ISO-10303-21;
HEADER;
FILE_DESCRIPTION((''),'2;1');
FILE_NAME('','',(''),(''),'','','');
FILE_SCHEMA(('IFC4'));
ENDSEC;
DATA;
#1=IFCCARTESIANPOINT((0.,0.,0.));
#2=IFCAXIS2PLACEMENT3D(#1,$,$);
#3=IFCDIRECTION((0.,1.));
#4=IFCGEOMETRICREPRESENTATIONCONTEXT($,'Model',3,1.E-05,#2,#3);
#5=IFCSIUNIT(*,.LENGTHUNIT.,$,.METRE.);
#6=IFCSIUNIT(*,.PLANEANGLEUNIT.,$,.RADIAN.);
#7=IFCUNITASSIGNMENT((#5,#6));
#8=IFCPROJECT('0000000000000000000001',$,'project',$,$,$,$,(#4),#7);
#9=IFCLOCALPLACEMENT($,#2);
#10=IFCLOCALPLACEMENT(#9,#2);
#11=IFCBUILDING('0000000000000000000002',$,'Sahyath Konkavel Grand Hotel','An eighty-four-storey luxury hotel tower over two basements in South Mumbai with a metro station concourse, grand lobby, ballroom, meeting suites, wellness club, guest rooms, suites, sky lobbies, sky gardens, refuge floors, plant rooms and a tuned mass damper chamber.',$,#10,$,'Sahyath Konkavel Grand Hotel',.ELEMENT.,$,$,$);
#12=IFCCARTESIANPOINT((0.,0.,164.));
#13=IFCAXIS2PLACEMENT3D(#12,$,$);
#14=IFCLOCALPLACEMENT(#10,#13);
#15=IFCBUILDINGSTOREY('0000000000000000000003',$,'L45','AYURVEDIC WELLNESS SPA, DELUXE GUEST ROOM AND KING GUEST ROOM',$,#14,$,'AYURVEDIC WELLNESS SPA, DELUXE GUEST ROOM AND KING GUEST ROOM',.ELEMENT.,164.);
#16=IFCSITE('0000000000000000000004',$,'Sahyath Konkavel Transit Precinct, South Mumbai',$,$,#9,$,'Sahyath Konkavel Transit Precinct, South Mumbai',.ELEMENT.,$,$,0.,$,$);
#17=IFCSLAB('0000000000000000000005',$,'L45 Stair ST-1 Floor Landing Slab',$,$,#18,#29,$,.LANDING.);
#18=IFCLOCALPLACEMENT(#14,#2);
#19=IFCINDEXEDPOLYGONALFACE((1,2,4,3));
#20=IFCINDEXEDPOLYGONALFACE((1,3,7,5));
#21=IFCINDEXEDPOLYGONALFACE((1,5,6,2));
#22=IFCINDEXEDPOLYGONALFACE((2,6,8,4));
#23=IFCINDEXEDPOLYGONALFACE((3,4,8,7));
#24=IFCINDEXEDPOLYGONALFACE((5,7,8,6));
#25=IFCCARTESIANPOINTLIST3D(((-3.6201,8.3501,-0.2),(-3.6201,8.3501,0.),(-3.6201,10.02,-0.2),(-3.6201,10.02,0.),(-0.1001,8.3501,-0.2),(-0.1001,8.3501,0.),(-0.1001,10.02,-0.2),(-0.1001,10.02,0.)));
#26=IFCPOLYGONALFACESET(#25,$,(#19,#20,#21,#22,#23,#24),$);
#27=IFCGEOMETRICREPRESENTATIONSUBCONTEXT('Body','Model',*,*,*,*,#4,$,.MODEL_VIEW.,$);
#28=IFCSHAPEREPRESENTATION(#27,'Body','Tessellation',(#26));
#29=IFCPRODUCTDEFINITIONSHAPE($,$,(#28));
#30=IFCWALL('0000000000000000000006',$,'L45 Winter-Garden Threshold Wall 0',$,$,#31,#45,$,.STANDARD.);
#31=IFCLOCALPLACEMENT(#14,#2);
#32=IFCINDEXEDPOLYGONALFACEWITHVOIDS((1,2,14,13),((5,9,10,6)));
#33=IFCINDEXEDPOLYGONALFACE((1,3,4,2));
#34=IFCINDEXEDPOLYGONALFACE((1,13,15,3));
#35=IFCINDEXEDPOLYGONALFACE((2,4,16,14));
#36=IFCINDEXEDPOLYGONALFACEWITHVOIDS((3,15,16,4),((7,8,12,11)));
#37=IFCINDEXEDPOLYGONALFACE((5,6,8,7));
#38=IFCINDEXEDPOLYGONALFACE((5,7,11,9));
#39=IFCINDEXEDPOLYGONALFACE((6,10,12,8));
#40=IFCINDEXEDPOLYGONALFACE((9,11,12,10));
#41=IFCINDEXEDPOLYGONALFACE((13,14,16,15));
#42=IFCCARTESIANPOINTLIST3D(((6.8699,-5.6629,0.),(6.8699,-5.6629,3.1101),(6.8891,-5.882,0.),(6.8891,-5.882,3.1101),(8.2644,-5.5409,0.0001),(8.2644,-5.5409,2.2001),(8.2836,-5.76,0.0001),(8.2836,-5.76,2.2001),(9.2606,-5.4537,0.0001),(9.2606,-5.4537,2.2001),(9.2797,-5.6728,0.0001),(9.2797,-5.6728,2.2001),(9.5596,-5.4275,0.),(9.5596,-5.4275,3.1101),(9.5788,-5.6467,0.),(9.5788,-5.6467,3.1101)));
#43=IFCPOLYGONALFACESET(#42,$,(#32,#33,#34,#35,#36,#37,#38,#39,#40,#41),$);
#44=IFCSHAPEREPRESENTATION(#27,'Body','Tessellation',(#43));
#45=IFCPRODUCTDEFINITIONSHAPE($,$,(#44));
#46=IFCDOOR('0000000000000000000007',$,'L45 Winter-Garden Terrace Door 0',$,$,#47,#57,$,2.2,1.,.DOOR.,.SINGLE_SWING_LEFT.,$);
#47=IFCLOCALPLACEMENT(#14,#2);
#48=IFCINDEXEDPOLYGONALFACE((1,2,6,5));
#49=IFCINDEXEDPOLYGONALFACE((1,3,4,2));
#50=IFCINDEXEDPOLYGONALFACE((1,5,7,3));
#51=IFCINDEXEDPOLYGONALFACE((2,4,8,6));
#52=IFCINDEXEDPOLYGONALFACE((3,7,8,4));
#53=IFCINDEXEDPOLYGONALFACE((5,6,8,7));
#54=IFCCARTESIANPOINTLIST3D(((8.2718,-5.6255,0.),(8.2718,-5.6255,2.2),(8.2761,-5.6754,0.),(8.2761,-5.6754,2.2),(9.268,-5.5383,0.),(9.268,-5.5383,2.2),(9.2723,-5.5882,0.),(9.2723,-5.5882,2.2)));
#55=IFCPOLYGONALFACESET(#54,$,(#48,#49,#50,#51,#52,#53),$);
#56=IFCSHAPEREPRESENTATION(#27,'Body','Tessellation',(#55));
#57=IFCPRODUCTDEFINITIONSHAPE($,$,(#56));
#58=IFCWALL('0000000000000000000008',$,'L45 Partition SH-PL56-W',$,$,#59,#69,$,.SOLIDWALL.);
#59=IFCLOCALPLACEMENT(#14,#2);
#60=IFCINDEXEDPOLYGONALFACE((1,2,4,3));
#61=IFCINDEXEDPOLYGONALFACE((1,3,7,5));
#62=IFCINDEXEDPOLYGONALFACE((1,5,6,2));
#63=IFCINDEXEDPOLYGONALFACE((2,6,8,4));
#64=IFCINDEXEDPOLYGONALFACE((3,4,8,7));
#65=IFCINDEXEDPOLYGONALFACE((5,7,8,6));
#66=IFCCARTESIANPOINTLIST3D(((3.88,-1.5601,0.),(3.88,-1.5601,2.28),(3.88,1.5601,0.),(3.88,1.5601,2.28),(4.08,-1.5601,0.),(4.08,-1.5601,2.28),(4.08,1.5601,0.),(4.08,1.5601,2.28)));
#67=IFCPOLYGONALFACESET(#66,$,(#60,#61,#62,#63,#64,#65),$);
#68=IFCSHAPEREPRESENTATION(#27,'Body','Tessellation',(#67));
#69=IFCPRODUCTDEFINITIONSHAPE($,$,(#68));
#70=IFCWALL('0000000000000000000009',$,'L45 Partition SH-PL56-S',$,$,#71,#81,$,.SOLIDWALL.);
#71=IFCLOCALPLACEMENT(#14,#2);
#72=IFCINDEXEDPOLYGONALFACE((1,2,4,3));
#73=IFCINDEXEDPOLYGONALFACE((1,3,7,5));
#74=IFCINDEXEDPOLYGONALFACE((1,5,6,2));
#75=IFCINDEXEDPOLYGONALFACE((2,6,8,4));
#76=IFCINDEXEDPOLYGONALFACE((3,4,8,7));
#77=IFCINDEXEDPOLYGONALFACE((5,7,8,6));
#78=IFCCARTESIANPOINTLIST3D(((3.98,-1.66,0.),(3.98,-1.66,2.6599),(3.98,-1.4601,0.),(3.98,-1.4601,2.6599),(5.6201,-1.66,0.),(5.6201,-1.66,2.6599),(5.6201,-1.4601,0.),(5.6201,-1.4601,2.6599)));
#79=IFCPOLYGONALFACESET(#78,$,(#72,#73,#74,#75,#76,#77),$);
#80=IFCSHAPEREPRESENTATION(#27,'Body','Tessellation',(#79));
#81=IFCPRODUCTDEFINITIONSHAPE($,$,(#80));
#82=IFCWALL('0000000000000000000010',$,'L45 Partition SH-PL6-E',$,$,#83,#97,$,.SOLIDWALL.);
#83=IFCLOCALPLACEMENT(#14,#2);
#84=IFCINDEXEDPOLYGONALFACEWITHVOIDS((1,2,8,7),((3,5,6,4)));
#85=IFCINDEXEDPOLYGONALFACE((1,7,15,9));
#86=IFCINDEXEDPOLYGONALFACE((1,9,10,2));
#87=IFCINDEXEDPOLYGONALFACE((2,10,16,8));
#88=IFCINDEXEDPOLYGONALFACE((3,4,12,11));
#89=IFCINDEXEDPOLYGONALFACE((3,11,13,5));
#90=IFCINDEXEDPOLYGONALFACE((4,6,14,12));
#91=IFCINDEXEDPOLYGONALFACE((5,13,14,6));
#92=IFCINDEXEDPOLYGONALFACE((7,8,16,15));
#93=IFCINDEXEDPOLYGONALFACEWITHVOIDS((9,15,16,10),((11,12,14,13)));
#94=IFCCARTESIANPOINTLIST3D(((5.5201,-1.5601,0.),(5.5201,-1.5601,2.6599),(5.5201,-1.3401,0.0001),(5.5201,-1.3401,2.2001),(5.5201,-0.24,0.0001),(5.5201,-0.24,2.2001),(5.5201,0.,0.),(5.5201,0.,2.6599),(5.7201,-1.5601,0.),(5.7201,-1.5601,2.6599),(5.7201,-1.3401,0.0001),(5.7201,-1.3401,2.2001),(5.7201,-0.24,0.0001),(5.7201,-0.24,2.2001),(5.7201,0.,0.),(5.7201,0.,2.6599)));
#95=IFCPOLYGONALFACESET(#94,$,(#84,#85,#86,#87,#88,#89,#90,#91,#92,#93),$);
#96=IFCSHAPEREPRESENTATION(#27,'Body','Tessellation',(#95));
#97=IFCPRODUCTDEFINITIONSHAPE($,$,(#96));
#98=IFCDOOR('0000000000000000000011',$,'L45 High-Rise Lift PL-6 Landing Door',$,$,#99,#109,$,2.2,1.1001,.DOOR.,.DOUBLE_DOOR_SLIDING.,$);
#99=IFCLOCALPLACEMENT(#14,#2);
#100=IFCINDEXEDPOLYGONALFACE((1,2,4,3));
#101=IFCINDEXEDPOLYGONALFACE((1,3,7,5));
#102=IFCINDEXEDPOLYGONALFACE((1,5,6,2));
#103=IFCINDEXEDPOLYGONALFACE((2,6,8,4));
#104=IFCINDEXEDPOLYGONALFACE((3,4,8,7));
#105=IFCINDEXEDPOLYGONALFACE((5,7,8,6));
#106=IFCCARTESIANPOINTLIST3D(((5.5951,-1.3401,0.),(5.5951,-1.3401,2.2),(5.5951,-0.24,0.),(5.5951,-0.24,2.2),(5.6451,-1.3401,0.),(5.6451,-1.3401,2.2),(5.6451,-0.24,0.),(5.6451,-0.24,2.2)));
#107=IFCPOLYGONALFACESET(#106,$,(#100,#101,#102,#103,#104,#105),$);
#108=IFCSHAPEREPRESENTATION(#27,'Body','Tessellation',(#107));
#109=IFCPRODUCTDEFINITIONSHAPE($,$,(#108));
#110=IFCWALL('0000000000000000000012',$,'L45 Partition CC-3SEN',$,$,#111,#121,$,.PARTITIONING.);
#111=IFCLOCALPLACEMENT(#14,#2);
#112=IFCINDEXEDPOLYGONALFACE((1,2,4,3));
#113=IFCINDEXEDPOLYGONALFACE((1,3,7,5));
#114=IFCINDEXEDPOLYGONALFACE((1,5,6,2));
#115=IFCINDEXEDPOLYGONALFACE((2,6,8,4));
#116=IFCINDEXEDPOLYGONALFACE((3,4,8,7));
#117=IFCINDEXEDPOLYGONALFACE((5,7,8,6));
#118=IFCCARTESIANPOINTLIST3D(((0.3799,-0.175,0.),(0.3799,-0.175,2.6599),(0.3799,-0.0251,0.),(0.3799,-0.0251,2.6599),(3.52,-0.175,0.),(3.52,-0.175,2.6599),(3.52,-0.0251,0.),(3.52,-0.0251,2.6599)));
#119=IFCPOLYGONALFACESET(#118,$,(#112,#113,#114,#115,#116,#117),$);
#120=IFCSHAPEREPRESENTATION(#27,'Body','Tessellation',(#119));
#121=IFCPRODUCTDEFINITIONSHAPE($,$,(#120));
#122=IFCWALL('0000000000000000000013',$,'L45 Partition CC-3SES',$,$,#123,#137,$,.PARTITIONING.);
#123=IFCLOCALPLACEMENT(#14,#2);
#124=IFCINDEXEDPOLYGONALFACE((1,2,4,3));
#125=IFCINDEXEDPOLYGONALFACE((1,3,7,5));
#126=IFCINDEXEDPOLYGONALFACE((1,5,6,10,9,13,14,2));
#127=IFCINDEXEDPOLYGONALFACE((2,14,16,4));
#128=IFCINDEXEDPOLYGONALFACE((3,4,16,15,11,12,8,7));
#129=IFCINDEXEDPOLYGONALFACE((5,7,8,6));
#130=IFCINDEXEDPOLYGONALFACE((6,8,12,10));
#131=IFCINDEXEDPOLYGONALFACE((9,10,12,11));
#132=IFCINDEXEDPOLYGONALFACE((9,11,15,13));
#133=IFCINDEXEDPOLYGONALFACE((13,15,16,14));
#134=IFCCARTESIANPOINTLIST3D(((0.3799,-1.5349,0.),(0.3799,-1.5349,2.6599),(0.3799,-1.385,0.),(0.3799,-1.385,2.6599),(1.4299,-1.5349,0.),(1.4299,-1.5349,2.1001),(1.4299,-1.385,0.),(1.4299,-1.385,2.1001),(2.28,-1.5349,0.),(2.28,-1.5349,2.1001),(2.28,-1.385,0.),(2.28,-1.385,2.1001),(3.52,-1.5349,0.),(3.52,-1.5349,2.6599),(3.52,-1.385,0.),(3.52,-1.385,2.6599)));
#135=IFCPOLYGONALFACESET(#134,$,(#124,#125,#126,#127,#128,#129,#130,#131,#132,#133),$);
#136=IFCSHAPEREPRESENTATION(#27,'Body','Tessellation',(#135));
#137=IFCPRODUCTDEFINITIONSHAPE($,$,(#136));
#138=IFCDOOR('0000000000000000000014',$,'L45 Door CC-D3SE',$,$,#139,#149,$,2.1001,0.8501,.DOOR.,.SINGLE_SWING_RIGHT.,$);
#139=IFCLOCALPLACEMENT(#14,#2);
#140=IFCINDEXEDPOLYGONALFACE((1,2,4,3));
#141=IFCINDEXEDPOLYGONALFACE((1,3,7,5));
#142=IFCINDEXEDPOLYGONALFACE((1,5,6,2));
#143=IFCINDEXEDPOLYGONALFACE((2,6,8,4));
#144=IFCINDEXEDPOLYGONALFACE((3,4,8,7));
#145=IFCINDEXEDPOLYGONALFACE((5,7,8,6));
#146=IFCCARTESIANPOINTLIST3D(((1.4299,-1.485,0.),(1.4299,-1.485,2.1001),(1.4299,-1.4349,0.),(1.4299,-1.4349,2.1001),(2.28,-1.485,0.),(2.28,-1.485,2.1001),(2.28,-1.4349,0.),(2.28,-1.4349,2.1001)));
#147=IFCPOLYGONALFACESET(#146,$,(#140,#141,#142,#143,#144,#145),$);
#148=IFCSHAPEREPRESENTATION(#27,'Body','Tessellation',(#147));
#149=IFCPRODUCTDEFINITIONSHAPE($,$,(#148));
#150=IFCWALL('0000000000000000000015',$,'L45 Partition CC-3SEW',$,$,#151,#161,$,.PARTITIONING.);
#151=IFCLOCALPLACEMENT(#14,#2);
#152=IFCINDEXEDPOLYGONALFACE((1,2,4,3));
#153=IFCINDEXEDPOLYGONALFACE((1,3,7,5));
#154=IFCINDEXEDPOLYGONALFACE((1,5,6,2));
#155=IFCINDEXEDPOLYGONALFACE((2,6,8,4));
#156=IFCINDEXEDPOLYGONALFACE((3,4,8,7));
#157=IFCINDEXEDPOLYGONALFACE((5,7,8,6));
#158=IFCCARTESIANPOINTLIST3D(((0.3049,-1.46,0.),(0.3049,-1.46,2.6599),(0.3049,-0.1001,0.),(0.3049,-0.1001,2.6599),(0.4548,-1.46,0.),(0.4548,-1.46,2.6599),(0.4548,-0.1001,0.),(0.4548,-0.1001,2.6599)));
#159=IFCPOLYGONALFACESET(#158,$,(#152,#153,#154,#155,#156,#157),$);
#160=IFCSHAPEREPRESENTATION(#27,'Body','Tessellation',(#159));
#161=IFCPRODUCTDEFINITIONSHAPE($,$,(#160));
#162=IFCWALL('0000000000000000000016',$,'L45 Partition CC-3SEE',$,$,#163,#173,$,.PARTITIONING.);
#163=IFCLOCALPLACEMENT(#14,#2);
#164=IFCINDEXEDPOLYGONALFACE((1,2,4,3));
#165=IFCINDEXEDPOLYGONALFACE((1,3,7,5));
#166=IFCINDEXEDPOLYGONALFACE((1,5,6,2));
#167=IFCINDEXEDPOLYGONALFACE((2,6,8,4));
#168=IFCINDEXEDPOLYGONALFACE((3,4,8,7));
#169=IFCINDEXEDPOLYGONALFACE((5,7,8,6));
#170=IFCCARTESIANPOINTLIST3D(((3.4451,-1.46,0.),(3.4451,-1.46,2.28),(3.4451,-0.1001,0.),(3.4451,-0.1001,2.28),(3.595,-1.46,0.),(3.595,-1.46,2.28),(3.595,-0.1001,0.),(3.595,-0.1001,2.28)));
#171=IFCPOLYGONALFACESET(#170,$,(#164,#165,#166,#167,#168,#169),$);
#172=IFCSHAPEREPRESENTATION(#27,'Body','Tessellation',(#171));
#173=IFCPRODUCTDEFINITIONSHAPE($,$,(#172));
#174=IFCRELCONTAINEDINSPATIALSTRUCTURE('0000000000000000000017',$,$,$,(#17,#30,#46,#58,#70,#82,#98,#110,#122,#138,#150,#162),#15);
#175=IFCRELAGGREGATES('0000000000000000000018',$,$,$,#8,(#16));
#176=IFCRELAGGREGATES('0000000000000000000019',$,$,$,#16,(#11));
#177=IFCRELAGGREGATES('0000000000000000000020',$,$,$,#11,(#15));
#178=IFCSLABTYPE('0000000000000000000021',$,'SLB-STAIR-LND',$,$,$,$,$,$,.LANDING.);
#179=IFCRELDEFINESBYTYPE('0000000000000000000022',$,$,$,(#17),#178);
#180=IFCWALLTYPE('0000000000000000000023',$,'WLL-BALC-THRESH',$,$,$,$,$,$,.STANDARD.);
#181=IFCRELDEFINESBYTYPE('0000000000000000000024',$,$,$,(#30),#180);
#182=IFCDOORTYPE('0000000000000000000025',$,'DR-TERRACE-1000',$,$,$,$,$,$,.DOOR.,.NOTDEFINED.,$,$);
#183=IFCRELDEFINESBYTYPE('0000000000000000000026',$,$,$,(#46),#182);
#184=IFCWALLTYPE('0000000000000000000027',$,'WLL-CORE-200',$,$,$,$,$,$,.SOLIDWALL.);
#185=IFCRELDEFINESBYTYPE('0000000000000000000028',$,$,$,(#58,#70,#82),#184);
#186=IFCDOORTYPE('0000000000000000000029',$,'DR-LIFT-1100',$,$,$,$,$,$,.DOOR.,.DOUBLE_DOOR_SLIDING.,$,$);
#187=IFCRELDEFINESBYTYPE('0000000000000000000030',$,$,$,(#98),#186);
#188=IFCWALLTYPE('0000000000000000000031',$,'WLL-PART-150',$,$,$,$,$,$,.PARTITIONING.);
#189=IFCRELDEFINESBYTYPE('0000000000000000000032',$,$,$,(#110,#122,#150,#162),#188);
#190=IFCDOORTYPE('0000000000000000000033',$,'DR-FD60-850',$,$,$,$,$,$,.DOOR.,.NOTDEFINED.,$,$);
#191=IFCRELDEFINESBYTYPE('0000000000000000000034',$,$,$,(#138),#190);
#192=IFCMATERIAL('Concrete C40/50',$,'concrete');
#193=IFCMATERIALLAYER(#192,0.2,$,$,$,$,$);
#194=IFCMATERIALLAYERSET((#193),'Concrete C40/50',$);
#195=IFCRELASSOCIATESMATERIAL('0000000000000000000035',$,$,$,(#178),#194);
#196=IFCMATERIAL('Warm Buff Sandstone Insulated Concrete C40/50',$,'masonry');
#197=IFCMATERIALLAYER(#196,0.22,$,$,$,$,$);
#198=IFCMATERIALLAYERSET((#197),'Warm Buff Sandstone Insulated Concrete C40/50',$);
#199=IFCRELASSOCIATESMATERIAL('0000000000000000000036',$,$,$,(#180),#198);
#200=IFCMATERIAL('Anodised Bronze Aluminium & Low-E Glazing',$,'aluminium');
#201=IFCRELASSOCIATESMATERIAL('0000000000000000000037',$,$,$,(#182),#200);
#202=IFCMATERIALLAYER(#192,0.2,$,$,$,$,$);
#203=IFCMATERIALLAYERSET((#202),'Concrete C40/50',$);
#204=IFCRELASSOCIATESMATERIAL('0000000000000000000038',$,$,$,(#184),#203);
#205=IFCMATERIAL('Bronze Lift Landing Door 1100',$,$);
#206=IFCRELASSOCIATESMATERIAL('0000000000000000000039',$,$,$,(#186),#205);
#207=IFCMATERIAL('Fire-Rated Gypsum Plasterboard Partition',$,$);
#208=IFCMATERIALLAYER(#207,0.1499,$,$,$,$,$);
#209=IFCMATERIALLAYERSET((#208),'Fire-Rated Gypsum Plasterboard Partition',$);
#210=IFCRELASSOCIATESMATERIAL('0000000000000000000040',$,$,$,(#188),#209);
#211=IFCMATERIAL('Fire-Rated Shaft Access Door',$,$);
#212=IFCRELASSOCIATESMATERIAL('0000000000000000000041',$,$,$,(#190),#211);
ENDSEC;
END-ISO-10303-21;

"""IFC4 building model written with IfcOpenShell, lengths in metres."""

from ifc_helpers import new_model, si_unit, direction, frame, frame_2d, origin, origin_2d, place, context, subcontext, project, spatial, polyline, rectangle, outline, extrude, source, transform, mapped, material, layer, layer_set, type_object, element, fill, save


model = new_model("IFC4")

# Units and contexts
model_context = context("Model", 3, precision=1e-05, world=origin(), true_north=direction((0.0, 1.0)))
body_context = subcontext(model_context, "Body", "Model", "MODEL_VIEW")
ifc_project = project(units=[si_unit("LENGTHUNIT", "METRE"), si_unit("PLANEANGLEUNIT", "RADIAN")], contexts=[model_context])

# Site, building, storey
site_placement = place(None, origin())
site = spatial("IfcSite", under=ifc_project, at=site_placement, Name="Sahyath Konkavel Transit Precinct, South Mumbai", LongName="Sahyath Konkavel Transit Precinct, South Mumbai", CompositionType="ELEMENT", RefElevation=0.0)
building_placement = place(site_placement, origin())
building = spatial("IfcBuilding", under=site, at=building_placement, Name="Sahyath Konkavel Grand Hotel", Description="An eighty-four-storey luxury hotel tower over two basements in South Mumbai with a metro station concourse, grand lobby, ballroom, meeting suites, wellness club, guest rooms, suites, sky lobbies, sky gardens, refuge floors, plant rooms and a tuned mass damper chamber.", LongName="Sahyath Konkavel Grand Hotel", CompositionType="ELEMENT")
storey_placement = place(building_placement, frame((0.0, 0.0, 164.0)))
storey = spatial("IfcBuildingStorey", under=building, at=storey_placement, Name="L45", Description="AYURVEDIC WELLNESS SPA, DELUXE GUEST ROOM AND KING GUEST ROOM", LongName="AYURVEDIC WELLNESS SPA, DELUXE GUEST ROOM AND KING GUEST ROOM", CompositionType="ELEMENT", Elevation=164.0)

# Slab
ifc_material_1 = material(Name="Concrete C40/50", Category="concrete")
ifc_layer_1 = layer(ifc_material_1, 0.2)
ifc_layer_set_1 = layer_set([ifc_layer_1], Name="Concrete C40/50")
slab_type = type_object("IfcSlabType", Name="SLB-STAIR-LND", PredefinedType="LANDING", material=ifc_layer_set_1)
slab_placement = place(storey_placement, frame((0.0, 0.0, -0.2)))
element("IfcSlab", 1, at=slab_placement, inside=storey, type_object=slab_type, Name="L45 Stair ST-1 Floor Landing Slab", PredefinedType="LANDING", context=body_context, shape_type="SweptSolid", body=[
    extrude(outline(polyline([(-3.6201, 8.3501), (-0.1001, 8.3501), (-0.1001, 10.02), (-3.6201, 10.02), (-3.6201, 8.3501)])), origin(), (0.0, 0.0, 1.0), 0.2),
])

# Wall, opening, door
ifc_material_2 = material(Name="Warm Buff Sandstone Insulated Concrete C40/50", Category="masonry")
ifc_layer_2 = layer(ifc_material_2, 0.22)
ifc_layer_set_2 = layer_set([ifc_layer_2], Name="Warm Buff Sandstone Insulated Concrete C40/50")
wall_type_1 = type_object("IfcWallType", Name="WLL-BALC-THRESH", PredefinedType="STANDARD", material=ifc_layer_set_2)
wall_1_placement = place(storey_placement, frame((6.8794, -5.7725, 0.0), z_axis=(0.0, 0.0, 1.0), x_axis=(0.996194, 0.087168, 0.0)))
wall_1 = element("IfcWall", 2, at=wall_1_placement, inside=storey, type_object=wall_type_1, Name="L45 Winter-Garden Threshold Wall 0", PredefinedType="STANDARD", context=body_context, shape_type="SweptSolid", body=[
    extrude(rectangle(XDim=2.7, YDim=0.22, at=frame_2d((1.3501, 0.0))), origin(), (0.0, 0.0, 1.0), 3.1101),
])
opening_1_placement = place(wall_1_placement, frame((1.3999, 0.0, 0.0)))
opening_1 = element("IfcOpeningElement", 3, at=opening_1_placement, cuts=wall_1, PredefinedType="OPENING", context=body_context, shape_type="SweptSolid", body=[
    extrude(rectangle(XDim=1.0, YDim=2.2, at=frame_2d((0.5, 1.1001))), frame((0.0, 0.1201, 0.0), z_axis=(0.0, -1.0, 0.0), x_axis=(1.0, 0.0, 0.0)), (0.0, 0.0, 1.0), 0.24),
])
ifc_material_3 = material(Name="Anodised Bronze Aluminium & Low-E Glazing", Category="aluminium")
door_type_1 = type_object("IfcDoorType", Name="DR-TERRACE-1000", OperationType="NOTDEFINED", PredefinedType="DOOR", material=ifc_material_3)
shared_shape_1 = source(origin(), body_context, "Body", "SweptSolid", [
    extrude(rectangle(XDim=1.0, YDim=0.05, at=origin_2d()), origin(), (0.0, 0.0, 1.0), 2.2),
])
door_1_placement = place(opening_1_placement, frame((0.5, 0.0, 0.0)))
door_1 = element("IfcDoor", 4, at=door_1_placement, inside=storey, type_object=door_type_1, Name="L45 Winter-Garden Terrace Door 0", OperationType="SINGLE_SWING_LEFT", OverallHeight=2.2, OverallWidth=1.0, PredefinedType="DOOR", context=body_context, shape_type="MappedRepresentation", body=[
    mapped(shared_shape_1, transform((0.0, 0.0, 0.0), scale=1.0)),
])
fill(opening_1, door_1)

# Walls
ifc_layer_3 = layer(ifc_material_1, 0.2)
ifc_layer_set_3 = layer_set([ifc_layer_3], Name="Concrete C40/50")
wall_type_2 = type_object("IfcWallType", Name="WLL-CORE-200", PredefinedType="SOLIDWALL", material=ifc_layer_set_3)
wall_2_placement = place(storey_placement, frame((3.98, -1.5601, 0.0), z_axis=(0.0, 0.0, 1.0), x_axis=(0.0, 1.0, 0.0)))
element("IfcWall", 5, at=wall_2_placement, inside=storey, type_object=wall_type_2, Name="L45 Partition SH-PL56-W", PredefinedType="SOLIDWALL", context=body_context, shape_type="SweptSolid", body=[
    extrude(rectangle(XDim=3.1201, YDim=0.2, at=frame_2d((1.5601, 0.0))), origin(), (0.0, 0.0, 1.0), 2.28),
])
wall_3_placement = place(storey_placement, frame((3.98, -1.5601, 0.0), z_axis=(0.0, 0.0, 1.0), x_axis=(1.0, 0.0, 0.0)))
element("IfcWall", 6, at=wall_3_placement, inside=storey, type_object=wall_type_2, Name="L45 Partition SH-PL56-S", PredefinedType="SOLIDWALL", context=body_context, shape_type="SweptSolid", body=[
    extrude(rectangle(XDim=1.6401, YDim=0.2, at=frame_2d((0.8201, 0.0))), origin(), (0.0, 0.0, 1.0), 2.6599),
])

# Wall, opening, door
wall_4_placement = place(storey_placement, frame((5.6201, -1.5601, 0.0), z_axis=(0.0, 0.0, 1.0), x_axis=(0.0, 1.0, 0.0)))
wall_4 = element("IfcWall", 7, at=wall_4_placement, inside=storey, type_object=wall_type_2, Name="L45 Partition SH-PL6-E", PredefinedType="SOLIDWALL", context=body_context, shape_type="SweptSolid", body=[
    extrude(rectangle(XDim=1.5601, YDim=0.2, at=frame_2d((0.78, 0.0))), origin(), (0.0, 0.0, 1.0), 2.6599),
])
opening_2_placement = place(wall_4_placement, frame((0.22, 0.0, 0.0)))
opening_2 = element("IfcOpeningElement", 8, at=opening_2_placement, cuts=wall_4, PredefinedType="OPENING", context=body_context, shape_type="SweptSolid", body=[
    extrude(rectangle(XDim=1.1001, YDim=2.2, at=frame_2d((0.55, 1.1001))), frame((0.0, 0.1099, 0.0), z_axis=(0.0, -1.0, 0.0), x_axis=(1.0, 0.0, 0.0)), (0.0, 0.0, 1.0), 0.22),
])
ifc_material_4 = material(Name="Bronze Lift Landing Door 1100")
door_type_2 = type_object("IfcDoorType", Name="DR-LIFT-1100", OperationType="DOUBLE_DOOR_SLIDING", PredefinedType="DOOR", material=ifc_material_4)
shared_shape_2 = source(origin(), body_context, "Body", "SweptSolid", [
    extrude(rectangle(XDim=1.1001, YDim=0.05, at=origin_2d()), origin(), (0.0, 0.0, 1.0), 2.2),
])
door_2_placement = place(opening_2_placement, frame((0.55, 0.0, 0.0)))
door_2 = element("IfcDoor", 9, at=door_2_placement, inside=storey, type_object=door_type_2, Name="L45 High-Rise Lift PL-6 Landing Door", OperationType="DOUBLE_DOOR_SLIDING", OverallHeight=2.2, OverallWidth=1.1001, PredefinedType="DOOR", context=body_context, shape_type="MappedRepresentation", body=[
    mapped(shared_shape_2, transform((0.0, 0.0, 0.0), scale=1.0)),
])
fill(opening_2, door_2)

# Wall
ifc_material_5 = material(Name="Fire-Rated Gypsum Plasterboard Partition")
ifc_layer_4 = layer(ifc_material_5, 0.1499)
ifc_layer_set_4 = layer_set([ifc_layer_4], Name="Fire-Rated Gypsum Plasterboard Partition")
wall_type_3 = type_object("IfcWallType", Name="WLL-PART-150", PredefinedType="PARTITIONING", material=ifc_layer_set_4)
wall_5_placement = place(storey_placement, frame((0.3799, -0.1001, 0.0), z_axis=(0.0, 0.0, 1.0), x_axis=(1.0, 0.0, 0.0)))
element("IfcWall", 10, at=wall_5_placement, inside=storey, type_object=wall_type_3, Name="L45 Partition CC-3SEN", PredefinedType="PARTITIONING", context=body_context, shape_type="SweptSolid", body=[
    extrude(rectangle(XDim=3.1401, YDim=0.1499, at=frame_2d((1.5701, 0.0))), origin(), (0.0, 0.0, 1.0), 2.6599),
])

# Wall, opening, door
wall_6_placement = place(storey_placement, frame((0.3799, -1.46, 0.0), z_axis=(0.0, 0.0, 1.0), x_axis=(1.0, 0.0, 0.0)))
wall_6 = element("IfcWall", 11, at=wall_6_placement, inside=storey, type_object=wall_type_3, Name="L45 Partition CC-3SES", PredefinedType="PARTITIONING", context=body_context, shape_type="SweptSolid", body=[
    extrude(rectangle(XDim=3.1401, YDim=0.1499, at=frame_2d((1.5701, 0.0))), origin(), (0.0, 0.0, 1.0), 2.6599),
])
opening_3_placement = place(wall_6_placement, frame((1.05, 0.0, 0.0)))
opening_3 = element("IfcOpeningElement", 12, at=opening_3_placement, cuts=wall_6, PredefinedType="OPENING", context=body_context, shape_type="SweptSolid", body=[
    extrude(rectangle(XDim=0.8501, YDim=2.1001, at=frame_2d((0.425, 1.05))), frame((0.0, 0.085, 0.0), z_axis=(0.0, -1.0, 0.0), x_axis=(1.0, 0.0, 0.0)), (0.0, 0.0, 1.0), 0.1699),
])
ifc_material_6 = material(Name="Fire-Rated Shaft Access Door")
door_type_3 = type_object("IfcDoorType", Name="DR-FD60-850", OperationType="NOTDEFINED", PredefinedType="DOOR", material=ifc_material_6)
shared_shape_3 = source(origin(), body_context, "Body", "SweptSolid", [
    extrude(rectangle(XDim=0.8501, YDim=0.05, at=origin_2d()), origin(), (0.0, 0.0, 1.0), 2.1001),
])
door_3_placement = place(opening_3_placement, frame((0.425, 0.0, 0.0)))
door_3 = element("IfcDoor", 13, at=door_3_placement, inside=storey, type_object=door_type_3, Name="L45 Door CC-D3SE", OperationType="SINGLE_SWING_RIGHT", OverallHeight=2.1001, OverallWidth=0.8501, PredefinedType="DOOR", context=body_context, shape_type="MappedRepresentation", body=[
    mapped(shared_shape_3, transform((0.0, 0.0, 0.0), scale=1.0)),
])
fill(opening_3, door_3)

# Walls
wall_7_placement = place(storey_placement, frame((0.3799, -1.46, 0.0), z_axis=(0.0, 0.0, 1.0), x_axis=(0.0, 1.0, 0.0)))
element("IfcWall", 14, at=wall_7_placement, inside=storey, type_object=wall_type_3, Name="L45 Partition CC-3SEW", PredefinedType="PARTITIONING", context=body_context, shape_type="SweptSolid", body=[
    extrude(rectangle(XDim=1.3599, YDim=0.1499, at=frame_2d((0.6799, 0.0))), origin(), (0.0, 0.0, 1.0), 2.6599),
])
wall_8_placement = place(storey_placement, frame((3.52, -1.46, 0.0), z_axis=(0.0, 0.0, 1.0), x_axis=(0.0, 1.0, 0.0)))
element("IfcWall", 15, at=wall_8_placement, inside=storey, type_object=wall_type_3, Name="L45 Partition CC-3SEE", PredefinedType="PARTITIONING", context=body_context, shape_type="SweptSolid", body=[
    extrude(rectangle(XDim=1.3599, YDim=0.1499, at=frame_2d((0.6799, 0.0))), origin(), (0.0, 0.0, 1.0), 2.28),
])

save(model, "model.ifc")
